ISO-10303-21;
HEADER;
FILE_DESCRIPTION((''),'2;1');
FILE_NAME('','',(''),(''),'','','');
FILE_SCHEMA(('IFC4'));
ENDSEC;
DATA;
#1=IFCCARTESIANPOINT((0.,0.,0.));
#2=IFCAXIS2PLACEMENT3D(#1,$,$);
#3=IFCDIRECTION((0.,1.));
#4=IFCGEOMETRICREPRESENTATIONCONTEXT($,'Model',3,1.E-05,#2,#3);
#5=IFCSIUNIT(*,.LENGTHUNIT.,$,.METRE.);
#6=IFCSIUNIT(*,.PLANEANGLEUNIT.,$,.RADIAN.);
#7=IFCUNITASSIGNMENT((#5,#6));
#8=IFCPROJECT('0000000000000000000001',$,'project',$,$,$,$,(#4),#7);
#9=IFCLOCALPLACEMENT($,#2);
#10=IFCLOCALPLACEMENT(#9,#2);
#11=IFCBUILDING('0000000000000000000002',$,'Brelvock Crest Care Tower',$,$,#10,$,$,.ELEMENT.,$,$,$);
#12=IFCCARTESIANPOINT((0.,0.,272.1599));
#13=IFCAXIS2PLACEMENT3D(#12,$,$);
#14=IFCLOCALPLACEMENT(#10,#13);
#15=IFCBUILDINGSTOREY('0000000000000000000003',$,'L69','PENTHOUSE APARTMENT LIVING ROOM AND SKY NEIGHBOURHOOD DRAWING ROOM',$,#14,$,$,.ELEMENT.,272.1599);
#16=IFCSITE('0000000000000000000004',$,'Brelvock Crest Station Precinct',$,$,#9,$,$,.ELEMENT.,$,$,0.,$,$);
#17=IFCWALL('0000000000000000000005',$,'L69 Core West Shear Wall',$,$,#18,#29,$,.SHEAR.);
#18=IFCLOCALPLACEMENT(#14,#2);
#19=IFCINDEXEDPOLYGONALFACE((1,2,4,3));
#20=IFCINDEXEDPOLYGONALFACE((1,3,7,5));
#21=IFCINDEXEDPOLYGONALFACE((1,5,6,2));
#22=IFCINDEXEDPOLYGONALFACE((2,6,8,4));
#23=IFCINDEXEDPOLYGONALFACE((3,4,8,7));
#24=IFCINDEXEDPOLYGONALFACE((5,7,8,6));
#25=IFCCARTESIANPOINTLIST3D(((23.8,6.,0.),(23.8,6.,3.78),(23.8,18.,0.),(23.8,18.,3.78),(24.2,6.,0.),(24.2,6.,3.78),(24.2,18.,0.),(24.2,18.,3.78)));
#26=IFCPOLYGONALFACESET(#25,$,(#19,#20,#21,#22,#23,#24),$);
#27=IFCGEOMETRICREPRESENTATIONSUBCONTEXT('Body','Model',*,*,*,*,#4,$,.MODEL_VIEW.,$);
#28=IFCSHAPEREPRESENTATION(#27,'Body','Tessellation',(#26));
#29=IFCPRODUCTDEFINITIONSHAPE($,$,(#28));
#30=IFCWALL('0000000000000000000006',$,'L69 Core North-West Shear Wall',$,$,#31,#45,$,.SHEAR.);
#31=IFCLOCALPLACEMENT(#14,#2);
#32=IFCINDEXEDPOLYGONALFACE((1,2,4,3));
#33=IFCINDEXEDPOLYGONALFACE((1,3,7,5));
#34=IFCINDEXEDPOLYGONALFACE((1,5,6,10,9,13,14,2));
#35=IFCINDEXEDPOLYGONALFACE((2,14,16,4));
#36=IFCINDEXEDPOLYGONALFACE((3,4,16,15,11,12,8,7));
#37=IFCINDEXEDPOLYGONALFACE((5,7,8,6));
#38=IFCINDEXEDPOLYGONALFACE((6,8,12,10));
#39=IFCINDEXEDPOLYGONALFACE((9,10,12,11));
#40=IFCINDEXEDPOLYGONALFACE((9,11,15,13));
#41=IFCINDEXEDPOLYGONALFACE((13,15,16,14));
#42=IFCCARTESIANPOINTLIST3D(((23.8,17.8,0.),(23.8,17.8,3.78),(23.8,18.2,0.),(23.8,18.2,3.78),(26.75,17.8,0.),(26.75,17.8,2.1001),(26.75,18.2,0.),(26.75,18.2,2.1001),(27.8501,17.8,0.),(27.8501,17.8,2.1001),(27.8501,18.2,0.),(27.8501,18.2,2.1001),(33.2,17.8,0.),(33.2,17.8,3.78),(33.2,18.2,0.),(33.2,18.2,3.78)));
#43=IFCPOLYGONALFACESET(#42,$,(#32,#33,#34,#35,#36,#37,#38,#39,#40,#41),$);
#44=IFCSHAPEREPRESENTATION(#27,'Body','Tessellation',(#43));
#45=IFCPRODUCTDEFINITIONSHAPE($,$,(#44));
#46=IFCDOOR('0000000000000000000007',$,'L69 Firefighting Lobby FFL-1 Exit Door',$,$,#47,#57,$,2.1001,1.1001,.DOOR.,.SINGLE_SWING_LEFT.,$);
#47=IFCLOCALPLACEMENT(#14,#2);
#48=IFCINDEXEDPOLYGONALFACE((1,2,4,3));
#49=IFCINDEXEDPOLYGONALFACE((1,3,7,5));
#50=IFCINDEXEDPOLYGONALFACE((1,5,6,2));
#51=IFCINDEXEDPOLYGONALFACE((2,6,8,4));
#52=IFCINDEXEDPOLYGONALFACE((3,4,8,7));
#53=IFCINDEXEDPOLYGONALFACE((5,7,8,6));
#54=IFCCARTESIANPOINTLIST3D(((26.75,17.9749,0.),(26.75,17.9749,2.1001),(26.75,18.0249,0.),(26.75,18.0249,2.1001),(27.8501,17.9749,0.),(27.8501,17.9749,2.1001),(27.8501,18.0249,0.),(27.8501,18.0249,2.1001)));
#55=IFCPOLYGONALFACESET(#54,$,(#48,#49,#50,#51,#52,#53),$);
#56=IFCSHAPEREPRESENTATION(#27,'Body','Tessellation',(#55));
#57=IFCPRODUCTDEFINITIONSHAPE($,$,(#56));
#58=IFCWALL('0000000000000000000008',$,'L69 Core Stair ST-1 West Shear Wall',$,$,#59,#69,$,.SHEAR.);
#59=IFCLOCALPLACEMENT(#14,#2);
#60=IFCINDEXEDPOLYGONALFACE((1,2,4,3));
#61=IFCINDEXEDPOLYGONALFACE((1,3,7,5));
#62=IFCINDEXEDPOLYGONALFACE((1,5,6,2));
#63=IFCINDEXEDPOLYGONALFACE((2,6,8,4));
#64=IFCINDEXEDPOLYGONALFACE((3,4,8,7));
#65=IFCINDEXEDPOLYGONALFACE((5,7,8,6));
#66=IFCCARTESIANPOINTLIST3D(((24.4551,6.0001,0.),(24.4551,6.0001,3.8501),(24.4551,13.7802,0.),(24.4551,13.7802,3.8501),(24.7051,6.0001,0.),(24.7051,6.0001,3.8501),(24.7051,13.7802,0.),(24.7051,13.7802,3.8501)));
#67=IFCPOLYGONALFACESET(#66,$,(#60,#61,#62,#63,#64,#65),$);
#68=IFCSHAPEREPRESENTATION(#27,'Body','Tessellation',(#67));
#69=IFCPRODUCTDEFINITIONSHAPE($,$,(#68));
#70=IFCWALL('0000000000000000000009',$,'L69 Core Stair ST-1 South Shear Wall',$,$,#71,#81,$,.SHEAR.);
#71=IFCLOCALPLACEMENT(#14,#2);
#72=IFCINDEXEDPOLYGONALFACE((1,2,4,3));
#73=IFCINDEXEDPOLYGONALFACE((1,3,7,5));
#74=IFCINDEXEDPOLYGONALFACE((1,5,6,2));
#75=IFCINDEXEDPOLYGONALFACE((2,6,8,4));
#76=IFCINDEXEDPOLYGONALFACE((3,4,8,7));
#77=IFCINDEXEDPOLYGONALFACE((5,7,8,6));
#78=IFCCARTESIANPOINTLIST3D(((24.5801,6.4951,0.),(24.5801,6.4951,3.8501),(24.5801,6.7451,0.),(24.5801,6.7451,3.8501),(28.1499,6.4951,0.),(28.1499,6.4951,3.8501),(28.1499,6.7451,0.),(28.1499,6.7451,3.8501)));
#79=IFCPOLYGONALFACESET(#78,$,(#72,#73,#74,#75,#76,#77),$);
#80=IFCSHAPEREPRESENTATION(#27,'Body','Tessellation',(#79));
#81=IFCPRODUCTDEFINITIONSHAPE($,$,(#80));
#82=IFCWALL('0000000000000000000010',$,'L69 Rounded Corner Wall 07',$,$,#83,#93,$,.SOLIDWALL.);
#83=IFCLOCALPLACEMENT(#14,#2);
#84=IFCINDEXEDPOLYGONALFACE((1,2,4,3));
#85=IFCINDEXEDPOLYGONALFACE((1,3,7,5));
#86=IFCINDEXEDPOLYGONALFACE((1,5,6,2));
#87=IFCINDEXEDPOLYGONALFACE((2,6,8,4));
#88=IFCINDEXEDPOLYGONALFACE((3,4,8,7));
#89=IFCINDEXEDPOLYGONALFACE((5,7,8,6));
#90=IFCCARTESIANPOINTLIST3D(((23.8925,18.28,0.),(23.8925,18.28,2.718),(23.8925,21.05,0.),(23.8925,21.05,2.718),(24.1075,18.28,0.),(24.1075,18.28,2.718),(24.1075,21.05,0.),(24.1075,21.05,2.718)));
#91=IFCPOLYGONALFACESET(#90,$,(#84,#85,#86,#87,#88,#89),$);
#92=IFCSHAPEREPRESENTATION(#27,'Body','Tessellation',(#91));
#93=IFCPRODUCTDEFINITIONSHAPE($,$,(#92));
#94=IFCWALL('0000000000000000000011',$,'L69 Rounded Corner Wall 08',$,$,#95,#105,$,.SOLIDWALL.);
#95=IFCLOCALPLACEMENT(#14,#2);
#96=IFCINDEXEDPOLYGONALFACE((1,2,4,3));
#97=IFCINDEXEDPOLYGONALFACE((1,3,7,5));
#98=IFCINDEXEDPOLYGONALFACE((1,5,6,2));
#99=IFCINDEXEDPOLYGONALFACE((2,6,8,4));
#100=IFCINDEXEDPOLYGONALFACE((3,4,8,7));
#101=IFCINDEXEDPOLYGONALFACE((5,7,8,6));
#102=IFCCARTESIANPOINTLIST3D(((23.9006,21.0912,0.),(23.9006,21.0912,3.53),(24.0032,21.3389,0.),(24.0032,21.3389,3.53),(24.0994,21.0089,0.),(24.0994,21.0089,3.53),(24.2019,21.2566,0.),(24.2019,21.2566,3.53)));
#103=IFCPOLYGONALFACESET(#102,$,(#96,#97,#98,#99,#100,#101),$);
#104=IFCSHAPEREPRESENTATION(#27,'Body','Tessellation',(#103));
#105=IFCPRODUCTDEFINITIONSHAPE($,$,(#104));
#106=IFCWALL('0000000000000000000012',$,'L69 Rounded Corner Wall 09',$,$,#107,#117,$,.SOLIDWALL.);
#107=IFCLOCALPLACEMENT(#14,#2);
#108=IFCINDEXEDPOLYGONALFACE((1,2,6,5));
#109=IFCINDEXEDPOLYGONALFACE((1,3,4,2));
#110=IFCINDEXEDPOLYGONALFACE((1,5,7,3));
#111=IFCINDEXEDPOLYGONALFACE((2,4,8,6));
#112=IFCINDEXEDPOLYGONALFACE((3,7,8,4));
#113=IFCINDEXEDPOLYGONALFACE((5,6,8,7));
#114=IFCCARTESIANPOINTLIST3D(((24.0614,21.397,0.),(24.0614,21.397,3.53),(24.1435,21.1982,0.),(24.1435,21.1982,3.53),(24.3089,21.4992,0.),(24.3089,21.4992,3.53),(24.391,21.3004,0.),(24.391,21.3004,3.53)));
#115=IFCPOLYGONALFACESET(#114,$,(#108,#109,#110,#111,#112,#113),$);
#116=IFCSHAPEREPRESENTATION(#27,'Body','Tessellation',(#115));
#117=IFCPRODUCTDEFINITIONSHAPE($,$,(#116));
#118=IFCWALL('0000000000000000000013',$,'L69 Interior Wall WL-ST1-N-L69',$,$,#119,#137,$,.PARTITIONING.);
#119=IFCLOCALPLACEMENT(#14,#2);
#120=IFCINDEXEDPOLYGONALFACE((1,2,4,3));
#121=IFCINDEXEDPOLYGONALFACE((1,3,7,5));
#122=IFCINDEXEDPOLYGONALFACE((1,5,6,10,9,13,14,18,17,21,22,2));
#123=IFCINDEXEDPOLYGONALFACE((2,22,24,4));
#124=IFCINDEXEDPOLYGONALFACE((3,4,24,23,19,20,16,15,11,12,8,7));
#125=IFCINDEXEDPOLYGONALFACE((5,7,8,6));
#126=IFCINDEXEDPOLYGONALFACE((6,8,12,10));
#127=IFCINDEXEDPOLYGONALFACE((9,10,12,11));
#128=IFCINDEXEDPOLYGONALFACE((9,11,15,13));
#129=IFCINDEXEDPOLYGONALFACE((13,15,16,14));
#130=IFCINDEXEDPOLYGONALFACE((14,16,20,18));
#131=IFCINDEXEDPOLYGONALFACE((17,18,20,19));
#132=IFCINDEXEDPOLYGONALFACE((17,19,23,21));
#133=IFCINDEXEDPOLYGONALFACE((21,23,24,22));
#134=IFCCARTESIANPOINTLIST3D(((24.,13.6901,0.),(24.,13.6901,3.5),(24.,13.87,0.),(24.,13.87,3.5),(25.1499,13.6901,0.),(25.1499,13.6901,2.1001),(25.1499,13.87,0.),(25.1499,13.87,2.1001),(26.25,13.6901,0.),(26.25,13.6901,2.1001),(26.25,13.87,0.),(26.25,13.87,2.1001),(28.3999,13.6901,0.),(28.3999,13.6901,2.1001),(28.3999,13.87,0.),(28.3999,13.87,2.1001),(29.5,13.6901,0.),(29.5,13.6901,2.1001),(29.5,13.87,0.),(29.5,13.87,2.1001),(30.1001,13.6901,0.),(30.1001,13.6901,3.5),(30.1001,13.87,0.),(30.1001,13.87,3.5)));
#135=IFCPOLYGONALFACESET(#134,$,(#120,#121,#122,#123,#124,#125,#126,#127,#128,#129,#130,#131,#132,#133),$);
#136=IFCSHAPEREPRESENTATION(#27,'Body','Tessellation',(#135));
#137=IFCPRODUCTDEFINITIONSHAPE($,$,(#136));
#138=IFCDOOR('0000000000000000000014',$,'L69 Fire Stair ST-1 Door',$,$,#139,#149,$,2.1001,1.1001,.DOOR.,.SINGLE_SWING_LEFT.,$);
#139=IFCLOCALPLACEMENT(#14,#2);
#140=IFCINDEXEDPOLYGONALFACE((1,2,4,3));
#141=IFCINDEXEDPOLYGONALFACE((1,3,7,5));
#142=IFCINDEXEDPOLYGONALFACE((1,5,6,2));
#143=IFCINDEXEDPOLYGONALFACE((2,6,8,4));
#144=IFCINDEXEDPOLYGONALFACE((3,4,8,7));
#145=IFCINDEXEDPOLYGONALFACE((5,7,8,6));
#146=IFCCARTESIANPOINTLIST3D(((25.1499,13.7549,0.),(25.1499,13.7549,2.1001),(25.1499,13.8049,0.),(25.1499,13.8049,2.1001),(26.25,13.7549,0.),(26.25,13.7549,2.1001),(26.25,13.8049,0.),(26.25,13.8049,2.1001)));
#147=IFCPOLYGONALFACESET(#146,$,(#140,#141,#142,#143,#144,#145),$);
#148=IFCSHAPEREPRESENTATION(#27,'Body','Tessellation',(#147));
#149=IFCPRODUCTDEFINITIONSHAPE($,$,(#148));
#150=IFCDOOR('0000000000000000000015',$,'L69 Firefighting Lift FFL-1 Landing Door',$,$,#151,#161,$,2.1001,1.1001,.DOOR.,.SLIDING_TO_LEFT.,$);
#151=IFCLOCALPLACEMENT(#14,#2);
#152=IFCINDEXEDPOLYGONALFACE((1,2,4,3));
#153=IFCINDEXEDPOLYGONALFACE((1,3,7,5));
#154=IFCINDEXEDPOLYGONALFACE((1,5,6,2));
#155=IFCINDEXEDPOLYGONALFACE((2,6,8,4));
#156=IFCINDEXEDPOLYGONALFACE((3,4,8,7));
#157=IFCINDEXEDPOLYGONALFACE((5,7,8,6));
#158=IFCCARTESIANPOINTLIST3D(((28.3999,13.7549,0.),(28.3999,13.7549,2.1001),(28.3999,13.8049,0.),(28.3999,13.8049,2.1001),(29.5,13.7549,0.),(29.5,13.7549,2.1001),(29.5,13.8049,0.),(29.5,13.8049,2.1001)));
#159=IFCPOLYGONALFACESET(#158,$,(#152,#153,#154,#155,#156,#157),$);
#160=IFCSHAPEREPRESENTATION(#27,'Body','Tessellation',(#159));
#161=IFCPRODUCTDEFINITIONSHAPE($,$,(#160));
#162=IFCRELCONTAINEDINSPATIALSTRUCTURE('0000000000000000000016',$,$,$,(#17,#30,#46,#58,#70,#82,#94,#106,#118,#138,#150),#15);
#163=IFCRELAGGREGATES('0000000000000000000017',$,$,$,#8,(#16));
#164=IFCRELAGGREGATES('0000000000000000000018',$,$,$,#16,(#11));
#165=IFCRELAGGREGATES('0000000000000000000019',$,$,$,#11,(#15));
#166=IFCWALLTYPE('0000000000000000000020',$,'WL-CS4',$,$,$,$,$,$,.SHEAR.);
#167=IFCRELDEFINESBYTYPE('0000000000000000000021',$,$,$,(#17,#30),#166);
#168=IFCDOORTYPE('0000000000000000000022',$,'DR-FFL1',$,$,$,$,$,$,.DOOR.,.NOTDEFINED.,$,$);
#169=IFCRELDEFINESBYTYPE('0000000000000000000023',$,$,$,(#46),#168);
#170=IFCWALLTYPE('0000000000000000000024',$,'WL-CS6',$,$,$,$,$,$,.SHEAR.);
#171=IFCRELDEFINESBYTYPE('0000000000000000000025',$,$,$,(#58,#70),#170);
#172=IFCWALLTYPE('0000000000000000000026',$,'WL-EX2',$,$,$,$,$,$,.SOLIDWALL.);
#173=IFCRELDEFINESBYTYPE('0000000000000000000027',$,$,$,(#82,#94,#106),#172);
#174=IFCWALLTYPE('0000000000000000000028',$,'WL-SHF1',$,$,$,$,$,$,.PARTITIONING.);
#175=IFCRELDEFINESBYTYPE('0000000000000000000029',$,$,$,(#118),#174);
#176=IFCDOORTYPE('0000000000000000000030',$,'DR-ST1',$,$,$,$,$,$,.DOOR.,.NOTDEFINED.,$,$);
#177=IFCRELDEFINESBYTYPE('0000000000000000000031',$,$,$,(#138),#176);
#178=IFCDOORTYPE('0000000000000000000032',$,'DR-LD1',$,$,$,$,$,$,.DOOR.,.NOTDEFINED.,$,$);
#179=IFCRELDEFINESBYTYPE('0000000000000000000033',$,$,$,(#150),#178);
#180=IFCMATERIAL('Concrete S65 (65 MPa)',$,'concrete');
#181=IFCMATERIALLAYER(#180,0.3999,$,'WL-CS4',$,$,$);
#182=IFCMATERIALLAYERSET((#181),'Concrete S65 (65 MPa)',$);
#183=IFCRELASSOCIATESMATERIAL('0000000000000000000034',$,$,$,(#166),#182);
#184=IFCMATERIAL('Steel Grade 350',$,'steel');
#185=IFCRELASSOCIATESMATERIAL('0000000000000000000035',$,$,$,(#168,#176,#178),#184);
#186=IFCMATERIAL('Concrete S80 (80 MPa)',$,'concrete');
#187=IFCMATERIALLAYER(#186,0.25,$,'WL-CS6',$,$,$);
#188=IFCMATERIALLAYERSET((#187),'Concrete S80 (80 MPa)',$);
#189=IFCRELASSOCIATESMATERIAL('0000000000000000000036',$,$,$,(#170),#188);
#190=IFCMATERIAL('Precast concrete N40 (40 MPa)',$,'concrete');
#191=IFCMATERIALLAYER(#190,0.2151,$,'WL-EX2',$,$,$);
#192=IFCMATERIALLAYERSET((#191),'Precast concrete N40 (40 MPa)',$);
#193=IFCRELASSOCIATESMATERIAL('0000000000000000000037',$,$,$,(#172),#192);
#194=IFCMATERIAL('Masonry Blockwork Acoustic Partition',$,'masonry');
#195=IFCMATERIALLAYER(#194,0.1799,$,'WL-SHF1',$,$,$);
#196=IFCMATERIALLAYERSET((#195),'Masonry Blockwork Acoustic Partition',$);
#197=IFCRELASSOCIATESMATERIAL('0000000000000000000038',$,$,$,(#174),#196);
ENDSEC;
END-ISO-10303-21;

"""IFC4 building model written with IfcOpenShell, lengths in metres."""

from ifc_helpers import new_model, si_unit, direction, frame, frame_2d, origin, origin_2d, place, context, subcontext, project, spatial, rectangle, extrude, source, transform, mapped, material, layer, layer_set, type_object, element, fill, save


model = new_model("IFC4")

# Units and contexts
model_context = context("Model", 3, precision=1e-05, world=origin(), true_north=direction((0.0, 1.0)))
body_context = subcontext(model_context, "Body", "Model", "MODEL_VIEW")
ifc_project = project(units=[si_unit("LENGTHUNIT", "METRE"), si_unit("PLANEANGLEUNIT", "RADIAN")], contexts=[model_context])

# Site, building, storey
site_placement = place(None, origin())
site = spatial("IfcSite", under=ifc_project, at=site_placement, Name="Brelvock Crest Station Precinct", CompositionType="ELEMENT", RefElevation=0.0)
building_placement = place(site_placement, origin())
building = spatial("IfcBuilding", under=site, at=building_placement, Name="Brelvock Crest Care Tower", CompositionType="ELEMENT")
storey_placement = place(building_placement, frame((0.0, 0.0, 272.1599)))
storey = spatial("IfcBuildingStorey", under=building, at=storey_placement, Name="L69", Description="PENTHOUSE APARTMENT LIVING ROOM AND SKY NEIGHBOURHOOD DRAWING ROOM", CompositionType="ELEMENT", Elevation=272.1599)

# Shared definitions
ifc_material_1 = material(Name="Concrete S65 (65 MPa)", Category="concrete")

# Shared definitions
ifc_material_2 = material(Name="Steel Grade 350", Category="steel")

# Wall
ifc_layer_1 = layer(ifc_material_1, 0.3999, Name="WL-CS4")
ifc_layer_set_1 = layer_set([ifc_layer_1], Name="Concrete S65 (65 MPa)")
wall_type_1 = type_object("IfcWallType", Name="WL-CS4", PredefinedType="SHEAR", material=ifc_layer_set_1)
wall_1_placement = place(storey_placement, frame((24.0, 6.0, 0.0), z_axis=(0.0, 0.0, 1.0), x_axis=(0.0, 1.0, 0.0)))
element("IfcWall", 1, at=wall_1_placement, inside=storey, type_object=wall_type_1, Name="L69 Core West Shear Wall", PredefinedType="SHEAR", context=body_context, shape_type="SweptSolid", body=[
    extrude(rectangle(XDim=12.0, YDim=0.3999, at=frame_2d((6.0, 0.0))), origin(), (0.0, 0.0, 1.0), 3.78),
])

# Wall, opening, door
wall_2_placement = place(storey_placement, frame((23.8, 18.0, 0.0), z_axis=(0.0, 0.0, 1.0), x_axis=(1.0, 0.0, 0.0)))
wall_2 = element("IfcWall", 2, at=wall_2_placement, inside=storey, type_object=wall_type_1, Name="L69 Core North-West Shear Wall", PredefinedType="SHEAR", context=body_context, shape_type="SweptSolid", body=[
    extrude(rectangle(XDim=9.3999, YDim=0.3999, at=frame_2d((4.7, 0.0))), origin(), (0.0, 0.0, 1.0), 3.78),
])
opening_1_placement = place(wall_2_placement, frame((2.95, 0.0, 0.0)))
opening_1 = element("IfcOpeningElement", 3, at=opening_1_placement, cuts=wall_2, PredefinedType="OPENING", context=body_context, shape_type="SweptSolid", body=[
    extrude(rectangle(XDim=1.1001, YDim=2.1001, at=origin_2d()), frame((0.55, 0.21, 1.05), z_axis=(0.0, -1.0, 0.0), x_axis=(1.0, 0.0, 0.0)), (0.0, 0.0, 1.0), 0.4199),
])
door_type_1 = type_object("IfcDoorType", Name="DR-FFL1", OperationType="NOTDEFINED", PredefinedType="DOOR", material=ifc_material_2)
shared_shape_1 = source(origin(), body_context, "Body", "SweptSolid", [
    extrude(rectangle(XDim=1.1001, YDim=2.1001, at=origin_2d()), frame((0.55, 0.0249, 1.05), z_axis=(0.0, -1.0, 0.0), x_axis=(1.0, 0.0, 0.0)), (0.0, 0.0, 1.0), 0.05),
])
door_1_placement = place(opening_1_placement, origin())
door_1 = element("IfcDoor", 4, at=door_1_placement, inside=storey, type_object=door_type_1, Name="L69 Firefighting Lobby FFL-1 Exit Door", OperationType="SINGLE_SWING_LEFT", OverallHeight=2.1001, OverallWidth=1.1001, PredefinedType="DOOR", context=body_context, shape_type="MappedRepresentation", body=[
    mapped(shared_shape_1, transform((0.0, 0.0, 0.0), x_axis=(1.0, 0.0, 0.0), y_axis=(0.0, 1.0, 0.0), z_axis=(0.0, 0.0, 1.0), scale=1.0)),
])
fill(opening_1, door_1)

# Walls
ifc_material_3 = material(Name="Concrete S80 (80 MPa)", Category="concrete")
ifc_layer_2 = layer(ifc_material_3, 0.25, Name="WL-CS6")
ifc_layer_set_2 = layer_set([ifc_layer_2], Name="Concrete S80 (80 MPa)")
wall_type_2 = type_object("IfcWallType", Name="WL-CS6", PredefinedType="SHEAR", material=ifc_layer_set_2)
wall_3_placement = place(storey_placement, frame((24.5801, 6.0, 0.0), z_axis=(0.0, 0.0, 1.0), x_axis=(0.0, 1.0, 0.0)))
element("IfcWall", 5, at=wall_3_placement, inside=storey, type_object=wall_type_2, Name="L69 Core Stair ST-1 West Shear Wall", PredefinedType="SHEAR", context=body_context, shape_type="SweptSolid", body=[
    extrude(rectangle(XDim=7.78, YDim=0.25, at=frame_2d((3.8901, 0.0))), origin(), (0.0, 0.0, 1.0), 3.8501),
])
wall_4_placement = place(storey_placement, frame((24.5801, 6.6201, 0.0), z_axis=(0.0, 0.0, 1.0), x_axis=(1.0, 0.0, 0.0)))
element("IfcWall", 6, at=wall_4_placement, inside=storey, type_object=wall_type_2, Name="L69 Core Stair ST-1 South Shear Wall", PredefinedType="SHEAR", context=body_context, shape_type="SweptSolid", body=[
    extrude(rectangle(XDim=3.5698, YDim=0.25, at=frame_2d((1.7849, 0.0))), origin(), (0.0, 0.0, 1.0), 3.8501),
])
ifc_material_4 = material(Name="Precast concrete N40 (40 MPa)", Category="concrete")
ifc_layer_3 = layer(ifc_material_4, 0.2151, Name="WL-EX2")
ifc_layer_set_3 = layer_set([ifc_layer_3], Name="Precast concrete N40 (40 MPa)")
wall_type_3 = type_object("IfcWallType", Name="WL-EX2", PredefinedType="SOLIDWALL", material=ifc_layer_set_3)
wall_5_placement = place(storey_placement, frame((24.0, 18.28, 0.0), z_axis=(0.0, 0.0, 1.0), x_axis=(0.0, 1.0, 0.0)))
element("IfcWall", 7, at=wall_5_placement, inside=storey, type_object=wall_type_3, Name="L69 Rounded Corner Wall 07", PredefinedType="SOLIDWALL", context=body_context, shape_type="SweptSolid", body=[
    extrude(rectangle(XDim=2.77, YDim=0.2151, at=frame_2d((1.385, 0.0))), origin(), (0.0, 0.0, 1.0), 2.718),
])
wall_6_placement = place(storey_placement, frame((24.0, 21.05, 0.0), z_axis=(0.0, 0.0, 1.0), x_axis=(0.382674, 0.923884, 0.0)))
element("IfcWall", 8, at=wall_6_placement, inside=storey, type_object=wall_type_3, Name="L69 Rounded Corner Wall 08", PredefinedType="SOLIDWALL", context=body_context, shape_type="SweptSolid", body=[
    extrude(rectangle(XDim=0.2681, YDim=0.2151, at=frame_2d((0.134, 0.0))), origin(), (0.0, 0.0, 1.0), 3.53),
])
wall_7_placement = place(storey_placement, frame((24.1025, 21.2976, 0.0), z_axis=(0.0, 0.0, 1.0), x_axis=(0.924205, 0.381896, 0.0)))
element("IfcWall", 9, at=wall_7_placement, inside=storey, type_object=wall_type_3, Name="L69 Rounded Corner Wall 09", PredefinedType="SOLIDWALL", context=body_context, shape_type="SweptSolid", body=[
    extrude(rectangle(XDim=0.2678, YDim=0.2151, at=frame_2d((0.1338, 0.0))), origin(), (0.0, 0.0, 1.0), 3.53),
])

# Wall, openings, doors
ifc_material_5 = material(Name="Masonry Blockwork Acoustic Partition", Category="masonry")
ifc_layer_4 = layer(ifc_material_5, 0.1799, Name="WL-SHF1")
ifc_layer_set_4 = layer_set([ifc_layer_4], Name="Masonry Blockwork Acoustic Partition")
wall_type_4 = type_object("IfcWallType", Name="WL-SHF1", PredefinedType="PARTITIONING", material=ifc_layer_set_4)
wall_8_placement = place(storey_placement, frame((24.0, 13.78, 0.0), z_axis=(0.0, 0.0, 1.0), x_axis=(1.0, 0.0, 0.0)))
wall_8 = element("IfcWall", 10, at=wall_8_placement, inside=storey, type_object=wall_type_4, Name="L69 Interior Wall WL-ST1-N-L69", PredefinedType="PARTITIONING", context=body_context, shape_type="SweptSolid", body=[
    extrude(rectangle(XDim=6.1001, YDim=0.1799, at=frame_2d((3.05, 0.0))), origin(), (0.0, 0.0, 1.0), 3.5),
])
opening_2_placement = place(wall_8_placement, frame((1.1499, 0.0, 0.0)))
opening_2 = element("IfcOpeningElement", 11, at=opening_2_placement, cuts=wall_8, PredefinedType="OPENING", context=body_context, shape_type="SweptSolid", body=[
    extrude(rectangle(XDim=1.1001, YDim=2.1001, at=origin_2d()), frame((0.55, 0.1001, 1.05), z_axis=(0.0, -1.0, 0.0), x_axis=(1.0, 0.0, 0.0)), (0.0, 0.0, 1.0), 0.2),
])
opening_3_placement = place(wall_8_placement, frame((4.3999, 0.0, 0.0)))
opening_3 = element("IfcOpeningElement", 12, at=opening_3_placement, cuts=wall_8, PredefinedType="OPENING", context=body_context, shape_type="SweptSolid", body=[
    extrude(rectangle(XDim=1.1001, YDim=2.1001, at=origin_2d()), frame((0.55, 0.1001, 1.05), z_axis=(0.0, -1.0, 0.0), x_axis=(1.0, 0.0, 0.0)), (0.0, 0.0, 1.0), 0.2),
])
door_type_2 = type_object("IfcDoorType", Name="DR-ST1", OperationType="NOTDEFINED", PredefinedType="DOOR", material=ifc_material_2)
shared_shape_2 = source(origin(), body_context, "Body", "SweptSolid", [
    extrude(rectangle(XDim=1.1001, YDim=2.1001, at=origin_2d()), frame((0.55, 0.0249, 1.05), z_axis=(0.0, -1.0, 0.0), x_axis=(1.0, 0.0, 0.0)), (0.0, 0.0, 1.0), 0.05),
])
door_2_placement = place(opening_2_placement, origin())
door_2 = element("IfcDoor", 13, at=door_2_placement, inside=storey, type_object=door_type_2, Name="L69 Fire Stair ST-1 Door", OperationType="SINGLE_SWING_LEFT", OverallHeight=2.1001, OverallWidth=1.1001, PredefinedType="DOOR", context=body_context, shape_type="MappedRepresentation", body=[
    mapped(shared_shape_2, transform((0.0, 0.0, 0.0), x_axis=(1.0, 0.0, 0.0), y_axis=(0.0, 1.0, 0.0), z_axis=(0.0, 0.0, 1.0), scale=1.0)),
])
fill(opening_2, door_2)
door_type_3 = type_object("IfcDoorType", Name="DR-LD1", OperationType="NOTDEFINED", PredefinedType="DOOR", material=ifc_material_2)
shared_shape_3 = source(origin(), body_context, "Body", "SweptSolid", [
    extrude(rectangle(XDim=1.1001, YDim=2.1001, at=origin_2d()), frame((0.55, 0.0249, 1.05), z_axis=(0.0, -1.0, 0.0), x_axis=(1.0, 0.0, 0.0)), (0.0, 0.0, 1.0), 0.05),
])
door_3_placement = place(opening_3_placement, origin())
door_3 = element("IfcDoor", 14, at=door_3_placement, inside=storey, type_object=door_type_3, Name="L69 Firefighting Lift FFL-1 Landing Door", OperationType="SLIDING_TO_LEFT", OverallHeight=2.1001, OverallWidth=1.1001, PredefinedType="DOOR", context=body_context, shape_type="MappedRepresentation", body=[
    mapped(shared_shape_3, transform((0.0, 0.0, 0.0), x_axis=(1.0, 0.0, 0.0), y_axis=(0.0, 1.0, 0.0), z_axis=(0.0, 0.0, 1.0), scale=1.0)),
])
fill(opening_3, door_3)

save(model, "model.ifc")
